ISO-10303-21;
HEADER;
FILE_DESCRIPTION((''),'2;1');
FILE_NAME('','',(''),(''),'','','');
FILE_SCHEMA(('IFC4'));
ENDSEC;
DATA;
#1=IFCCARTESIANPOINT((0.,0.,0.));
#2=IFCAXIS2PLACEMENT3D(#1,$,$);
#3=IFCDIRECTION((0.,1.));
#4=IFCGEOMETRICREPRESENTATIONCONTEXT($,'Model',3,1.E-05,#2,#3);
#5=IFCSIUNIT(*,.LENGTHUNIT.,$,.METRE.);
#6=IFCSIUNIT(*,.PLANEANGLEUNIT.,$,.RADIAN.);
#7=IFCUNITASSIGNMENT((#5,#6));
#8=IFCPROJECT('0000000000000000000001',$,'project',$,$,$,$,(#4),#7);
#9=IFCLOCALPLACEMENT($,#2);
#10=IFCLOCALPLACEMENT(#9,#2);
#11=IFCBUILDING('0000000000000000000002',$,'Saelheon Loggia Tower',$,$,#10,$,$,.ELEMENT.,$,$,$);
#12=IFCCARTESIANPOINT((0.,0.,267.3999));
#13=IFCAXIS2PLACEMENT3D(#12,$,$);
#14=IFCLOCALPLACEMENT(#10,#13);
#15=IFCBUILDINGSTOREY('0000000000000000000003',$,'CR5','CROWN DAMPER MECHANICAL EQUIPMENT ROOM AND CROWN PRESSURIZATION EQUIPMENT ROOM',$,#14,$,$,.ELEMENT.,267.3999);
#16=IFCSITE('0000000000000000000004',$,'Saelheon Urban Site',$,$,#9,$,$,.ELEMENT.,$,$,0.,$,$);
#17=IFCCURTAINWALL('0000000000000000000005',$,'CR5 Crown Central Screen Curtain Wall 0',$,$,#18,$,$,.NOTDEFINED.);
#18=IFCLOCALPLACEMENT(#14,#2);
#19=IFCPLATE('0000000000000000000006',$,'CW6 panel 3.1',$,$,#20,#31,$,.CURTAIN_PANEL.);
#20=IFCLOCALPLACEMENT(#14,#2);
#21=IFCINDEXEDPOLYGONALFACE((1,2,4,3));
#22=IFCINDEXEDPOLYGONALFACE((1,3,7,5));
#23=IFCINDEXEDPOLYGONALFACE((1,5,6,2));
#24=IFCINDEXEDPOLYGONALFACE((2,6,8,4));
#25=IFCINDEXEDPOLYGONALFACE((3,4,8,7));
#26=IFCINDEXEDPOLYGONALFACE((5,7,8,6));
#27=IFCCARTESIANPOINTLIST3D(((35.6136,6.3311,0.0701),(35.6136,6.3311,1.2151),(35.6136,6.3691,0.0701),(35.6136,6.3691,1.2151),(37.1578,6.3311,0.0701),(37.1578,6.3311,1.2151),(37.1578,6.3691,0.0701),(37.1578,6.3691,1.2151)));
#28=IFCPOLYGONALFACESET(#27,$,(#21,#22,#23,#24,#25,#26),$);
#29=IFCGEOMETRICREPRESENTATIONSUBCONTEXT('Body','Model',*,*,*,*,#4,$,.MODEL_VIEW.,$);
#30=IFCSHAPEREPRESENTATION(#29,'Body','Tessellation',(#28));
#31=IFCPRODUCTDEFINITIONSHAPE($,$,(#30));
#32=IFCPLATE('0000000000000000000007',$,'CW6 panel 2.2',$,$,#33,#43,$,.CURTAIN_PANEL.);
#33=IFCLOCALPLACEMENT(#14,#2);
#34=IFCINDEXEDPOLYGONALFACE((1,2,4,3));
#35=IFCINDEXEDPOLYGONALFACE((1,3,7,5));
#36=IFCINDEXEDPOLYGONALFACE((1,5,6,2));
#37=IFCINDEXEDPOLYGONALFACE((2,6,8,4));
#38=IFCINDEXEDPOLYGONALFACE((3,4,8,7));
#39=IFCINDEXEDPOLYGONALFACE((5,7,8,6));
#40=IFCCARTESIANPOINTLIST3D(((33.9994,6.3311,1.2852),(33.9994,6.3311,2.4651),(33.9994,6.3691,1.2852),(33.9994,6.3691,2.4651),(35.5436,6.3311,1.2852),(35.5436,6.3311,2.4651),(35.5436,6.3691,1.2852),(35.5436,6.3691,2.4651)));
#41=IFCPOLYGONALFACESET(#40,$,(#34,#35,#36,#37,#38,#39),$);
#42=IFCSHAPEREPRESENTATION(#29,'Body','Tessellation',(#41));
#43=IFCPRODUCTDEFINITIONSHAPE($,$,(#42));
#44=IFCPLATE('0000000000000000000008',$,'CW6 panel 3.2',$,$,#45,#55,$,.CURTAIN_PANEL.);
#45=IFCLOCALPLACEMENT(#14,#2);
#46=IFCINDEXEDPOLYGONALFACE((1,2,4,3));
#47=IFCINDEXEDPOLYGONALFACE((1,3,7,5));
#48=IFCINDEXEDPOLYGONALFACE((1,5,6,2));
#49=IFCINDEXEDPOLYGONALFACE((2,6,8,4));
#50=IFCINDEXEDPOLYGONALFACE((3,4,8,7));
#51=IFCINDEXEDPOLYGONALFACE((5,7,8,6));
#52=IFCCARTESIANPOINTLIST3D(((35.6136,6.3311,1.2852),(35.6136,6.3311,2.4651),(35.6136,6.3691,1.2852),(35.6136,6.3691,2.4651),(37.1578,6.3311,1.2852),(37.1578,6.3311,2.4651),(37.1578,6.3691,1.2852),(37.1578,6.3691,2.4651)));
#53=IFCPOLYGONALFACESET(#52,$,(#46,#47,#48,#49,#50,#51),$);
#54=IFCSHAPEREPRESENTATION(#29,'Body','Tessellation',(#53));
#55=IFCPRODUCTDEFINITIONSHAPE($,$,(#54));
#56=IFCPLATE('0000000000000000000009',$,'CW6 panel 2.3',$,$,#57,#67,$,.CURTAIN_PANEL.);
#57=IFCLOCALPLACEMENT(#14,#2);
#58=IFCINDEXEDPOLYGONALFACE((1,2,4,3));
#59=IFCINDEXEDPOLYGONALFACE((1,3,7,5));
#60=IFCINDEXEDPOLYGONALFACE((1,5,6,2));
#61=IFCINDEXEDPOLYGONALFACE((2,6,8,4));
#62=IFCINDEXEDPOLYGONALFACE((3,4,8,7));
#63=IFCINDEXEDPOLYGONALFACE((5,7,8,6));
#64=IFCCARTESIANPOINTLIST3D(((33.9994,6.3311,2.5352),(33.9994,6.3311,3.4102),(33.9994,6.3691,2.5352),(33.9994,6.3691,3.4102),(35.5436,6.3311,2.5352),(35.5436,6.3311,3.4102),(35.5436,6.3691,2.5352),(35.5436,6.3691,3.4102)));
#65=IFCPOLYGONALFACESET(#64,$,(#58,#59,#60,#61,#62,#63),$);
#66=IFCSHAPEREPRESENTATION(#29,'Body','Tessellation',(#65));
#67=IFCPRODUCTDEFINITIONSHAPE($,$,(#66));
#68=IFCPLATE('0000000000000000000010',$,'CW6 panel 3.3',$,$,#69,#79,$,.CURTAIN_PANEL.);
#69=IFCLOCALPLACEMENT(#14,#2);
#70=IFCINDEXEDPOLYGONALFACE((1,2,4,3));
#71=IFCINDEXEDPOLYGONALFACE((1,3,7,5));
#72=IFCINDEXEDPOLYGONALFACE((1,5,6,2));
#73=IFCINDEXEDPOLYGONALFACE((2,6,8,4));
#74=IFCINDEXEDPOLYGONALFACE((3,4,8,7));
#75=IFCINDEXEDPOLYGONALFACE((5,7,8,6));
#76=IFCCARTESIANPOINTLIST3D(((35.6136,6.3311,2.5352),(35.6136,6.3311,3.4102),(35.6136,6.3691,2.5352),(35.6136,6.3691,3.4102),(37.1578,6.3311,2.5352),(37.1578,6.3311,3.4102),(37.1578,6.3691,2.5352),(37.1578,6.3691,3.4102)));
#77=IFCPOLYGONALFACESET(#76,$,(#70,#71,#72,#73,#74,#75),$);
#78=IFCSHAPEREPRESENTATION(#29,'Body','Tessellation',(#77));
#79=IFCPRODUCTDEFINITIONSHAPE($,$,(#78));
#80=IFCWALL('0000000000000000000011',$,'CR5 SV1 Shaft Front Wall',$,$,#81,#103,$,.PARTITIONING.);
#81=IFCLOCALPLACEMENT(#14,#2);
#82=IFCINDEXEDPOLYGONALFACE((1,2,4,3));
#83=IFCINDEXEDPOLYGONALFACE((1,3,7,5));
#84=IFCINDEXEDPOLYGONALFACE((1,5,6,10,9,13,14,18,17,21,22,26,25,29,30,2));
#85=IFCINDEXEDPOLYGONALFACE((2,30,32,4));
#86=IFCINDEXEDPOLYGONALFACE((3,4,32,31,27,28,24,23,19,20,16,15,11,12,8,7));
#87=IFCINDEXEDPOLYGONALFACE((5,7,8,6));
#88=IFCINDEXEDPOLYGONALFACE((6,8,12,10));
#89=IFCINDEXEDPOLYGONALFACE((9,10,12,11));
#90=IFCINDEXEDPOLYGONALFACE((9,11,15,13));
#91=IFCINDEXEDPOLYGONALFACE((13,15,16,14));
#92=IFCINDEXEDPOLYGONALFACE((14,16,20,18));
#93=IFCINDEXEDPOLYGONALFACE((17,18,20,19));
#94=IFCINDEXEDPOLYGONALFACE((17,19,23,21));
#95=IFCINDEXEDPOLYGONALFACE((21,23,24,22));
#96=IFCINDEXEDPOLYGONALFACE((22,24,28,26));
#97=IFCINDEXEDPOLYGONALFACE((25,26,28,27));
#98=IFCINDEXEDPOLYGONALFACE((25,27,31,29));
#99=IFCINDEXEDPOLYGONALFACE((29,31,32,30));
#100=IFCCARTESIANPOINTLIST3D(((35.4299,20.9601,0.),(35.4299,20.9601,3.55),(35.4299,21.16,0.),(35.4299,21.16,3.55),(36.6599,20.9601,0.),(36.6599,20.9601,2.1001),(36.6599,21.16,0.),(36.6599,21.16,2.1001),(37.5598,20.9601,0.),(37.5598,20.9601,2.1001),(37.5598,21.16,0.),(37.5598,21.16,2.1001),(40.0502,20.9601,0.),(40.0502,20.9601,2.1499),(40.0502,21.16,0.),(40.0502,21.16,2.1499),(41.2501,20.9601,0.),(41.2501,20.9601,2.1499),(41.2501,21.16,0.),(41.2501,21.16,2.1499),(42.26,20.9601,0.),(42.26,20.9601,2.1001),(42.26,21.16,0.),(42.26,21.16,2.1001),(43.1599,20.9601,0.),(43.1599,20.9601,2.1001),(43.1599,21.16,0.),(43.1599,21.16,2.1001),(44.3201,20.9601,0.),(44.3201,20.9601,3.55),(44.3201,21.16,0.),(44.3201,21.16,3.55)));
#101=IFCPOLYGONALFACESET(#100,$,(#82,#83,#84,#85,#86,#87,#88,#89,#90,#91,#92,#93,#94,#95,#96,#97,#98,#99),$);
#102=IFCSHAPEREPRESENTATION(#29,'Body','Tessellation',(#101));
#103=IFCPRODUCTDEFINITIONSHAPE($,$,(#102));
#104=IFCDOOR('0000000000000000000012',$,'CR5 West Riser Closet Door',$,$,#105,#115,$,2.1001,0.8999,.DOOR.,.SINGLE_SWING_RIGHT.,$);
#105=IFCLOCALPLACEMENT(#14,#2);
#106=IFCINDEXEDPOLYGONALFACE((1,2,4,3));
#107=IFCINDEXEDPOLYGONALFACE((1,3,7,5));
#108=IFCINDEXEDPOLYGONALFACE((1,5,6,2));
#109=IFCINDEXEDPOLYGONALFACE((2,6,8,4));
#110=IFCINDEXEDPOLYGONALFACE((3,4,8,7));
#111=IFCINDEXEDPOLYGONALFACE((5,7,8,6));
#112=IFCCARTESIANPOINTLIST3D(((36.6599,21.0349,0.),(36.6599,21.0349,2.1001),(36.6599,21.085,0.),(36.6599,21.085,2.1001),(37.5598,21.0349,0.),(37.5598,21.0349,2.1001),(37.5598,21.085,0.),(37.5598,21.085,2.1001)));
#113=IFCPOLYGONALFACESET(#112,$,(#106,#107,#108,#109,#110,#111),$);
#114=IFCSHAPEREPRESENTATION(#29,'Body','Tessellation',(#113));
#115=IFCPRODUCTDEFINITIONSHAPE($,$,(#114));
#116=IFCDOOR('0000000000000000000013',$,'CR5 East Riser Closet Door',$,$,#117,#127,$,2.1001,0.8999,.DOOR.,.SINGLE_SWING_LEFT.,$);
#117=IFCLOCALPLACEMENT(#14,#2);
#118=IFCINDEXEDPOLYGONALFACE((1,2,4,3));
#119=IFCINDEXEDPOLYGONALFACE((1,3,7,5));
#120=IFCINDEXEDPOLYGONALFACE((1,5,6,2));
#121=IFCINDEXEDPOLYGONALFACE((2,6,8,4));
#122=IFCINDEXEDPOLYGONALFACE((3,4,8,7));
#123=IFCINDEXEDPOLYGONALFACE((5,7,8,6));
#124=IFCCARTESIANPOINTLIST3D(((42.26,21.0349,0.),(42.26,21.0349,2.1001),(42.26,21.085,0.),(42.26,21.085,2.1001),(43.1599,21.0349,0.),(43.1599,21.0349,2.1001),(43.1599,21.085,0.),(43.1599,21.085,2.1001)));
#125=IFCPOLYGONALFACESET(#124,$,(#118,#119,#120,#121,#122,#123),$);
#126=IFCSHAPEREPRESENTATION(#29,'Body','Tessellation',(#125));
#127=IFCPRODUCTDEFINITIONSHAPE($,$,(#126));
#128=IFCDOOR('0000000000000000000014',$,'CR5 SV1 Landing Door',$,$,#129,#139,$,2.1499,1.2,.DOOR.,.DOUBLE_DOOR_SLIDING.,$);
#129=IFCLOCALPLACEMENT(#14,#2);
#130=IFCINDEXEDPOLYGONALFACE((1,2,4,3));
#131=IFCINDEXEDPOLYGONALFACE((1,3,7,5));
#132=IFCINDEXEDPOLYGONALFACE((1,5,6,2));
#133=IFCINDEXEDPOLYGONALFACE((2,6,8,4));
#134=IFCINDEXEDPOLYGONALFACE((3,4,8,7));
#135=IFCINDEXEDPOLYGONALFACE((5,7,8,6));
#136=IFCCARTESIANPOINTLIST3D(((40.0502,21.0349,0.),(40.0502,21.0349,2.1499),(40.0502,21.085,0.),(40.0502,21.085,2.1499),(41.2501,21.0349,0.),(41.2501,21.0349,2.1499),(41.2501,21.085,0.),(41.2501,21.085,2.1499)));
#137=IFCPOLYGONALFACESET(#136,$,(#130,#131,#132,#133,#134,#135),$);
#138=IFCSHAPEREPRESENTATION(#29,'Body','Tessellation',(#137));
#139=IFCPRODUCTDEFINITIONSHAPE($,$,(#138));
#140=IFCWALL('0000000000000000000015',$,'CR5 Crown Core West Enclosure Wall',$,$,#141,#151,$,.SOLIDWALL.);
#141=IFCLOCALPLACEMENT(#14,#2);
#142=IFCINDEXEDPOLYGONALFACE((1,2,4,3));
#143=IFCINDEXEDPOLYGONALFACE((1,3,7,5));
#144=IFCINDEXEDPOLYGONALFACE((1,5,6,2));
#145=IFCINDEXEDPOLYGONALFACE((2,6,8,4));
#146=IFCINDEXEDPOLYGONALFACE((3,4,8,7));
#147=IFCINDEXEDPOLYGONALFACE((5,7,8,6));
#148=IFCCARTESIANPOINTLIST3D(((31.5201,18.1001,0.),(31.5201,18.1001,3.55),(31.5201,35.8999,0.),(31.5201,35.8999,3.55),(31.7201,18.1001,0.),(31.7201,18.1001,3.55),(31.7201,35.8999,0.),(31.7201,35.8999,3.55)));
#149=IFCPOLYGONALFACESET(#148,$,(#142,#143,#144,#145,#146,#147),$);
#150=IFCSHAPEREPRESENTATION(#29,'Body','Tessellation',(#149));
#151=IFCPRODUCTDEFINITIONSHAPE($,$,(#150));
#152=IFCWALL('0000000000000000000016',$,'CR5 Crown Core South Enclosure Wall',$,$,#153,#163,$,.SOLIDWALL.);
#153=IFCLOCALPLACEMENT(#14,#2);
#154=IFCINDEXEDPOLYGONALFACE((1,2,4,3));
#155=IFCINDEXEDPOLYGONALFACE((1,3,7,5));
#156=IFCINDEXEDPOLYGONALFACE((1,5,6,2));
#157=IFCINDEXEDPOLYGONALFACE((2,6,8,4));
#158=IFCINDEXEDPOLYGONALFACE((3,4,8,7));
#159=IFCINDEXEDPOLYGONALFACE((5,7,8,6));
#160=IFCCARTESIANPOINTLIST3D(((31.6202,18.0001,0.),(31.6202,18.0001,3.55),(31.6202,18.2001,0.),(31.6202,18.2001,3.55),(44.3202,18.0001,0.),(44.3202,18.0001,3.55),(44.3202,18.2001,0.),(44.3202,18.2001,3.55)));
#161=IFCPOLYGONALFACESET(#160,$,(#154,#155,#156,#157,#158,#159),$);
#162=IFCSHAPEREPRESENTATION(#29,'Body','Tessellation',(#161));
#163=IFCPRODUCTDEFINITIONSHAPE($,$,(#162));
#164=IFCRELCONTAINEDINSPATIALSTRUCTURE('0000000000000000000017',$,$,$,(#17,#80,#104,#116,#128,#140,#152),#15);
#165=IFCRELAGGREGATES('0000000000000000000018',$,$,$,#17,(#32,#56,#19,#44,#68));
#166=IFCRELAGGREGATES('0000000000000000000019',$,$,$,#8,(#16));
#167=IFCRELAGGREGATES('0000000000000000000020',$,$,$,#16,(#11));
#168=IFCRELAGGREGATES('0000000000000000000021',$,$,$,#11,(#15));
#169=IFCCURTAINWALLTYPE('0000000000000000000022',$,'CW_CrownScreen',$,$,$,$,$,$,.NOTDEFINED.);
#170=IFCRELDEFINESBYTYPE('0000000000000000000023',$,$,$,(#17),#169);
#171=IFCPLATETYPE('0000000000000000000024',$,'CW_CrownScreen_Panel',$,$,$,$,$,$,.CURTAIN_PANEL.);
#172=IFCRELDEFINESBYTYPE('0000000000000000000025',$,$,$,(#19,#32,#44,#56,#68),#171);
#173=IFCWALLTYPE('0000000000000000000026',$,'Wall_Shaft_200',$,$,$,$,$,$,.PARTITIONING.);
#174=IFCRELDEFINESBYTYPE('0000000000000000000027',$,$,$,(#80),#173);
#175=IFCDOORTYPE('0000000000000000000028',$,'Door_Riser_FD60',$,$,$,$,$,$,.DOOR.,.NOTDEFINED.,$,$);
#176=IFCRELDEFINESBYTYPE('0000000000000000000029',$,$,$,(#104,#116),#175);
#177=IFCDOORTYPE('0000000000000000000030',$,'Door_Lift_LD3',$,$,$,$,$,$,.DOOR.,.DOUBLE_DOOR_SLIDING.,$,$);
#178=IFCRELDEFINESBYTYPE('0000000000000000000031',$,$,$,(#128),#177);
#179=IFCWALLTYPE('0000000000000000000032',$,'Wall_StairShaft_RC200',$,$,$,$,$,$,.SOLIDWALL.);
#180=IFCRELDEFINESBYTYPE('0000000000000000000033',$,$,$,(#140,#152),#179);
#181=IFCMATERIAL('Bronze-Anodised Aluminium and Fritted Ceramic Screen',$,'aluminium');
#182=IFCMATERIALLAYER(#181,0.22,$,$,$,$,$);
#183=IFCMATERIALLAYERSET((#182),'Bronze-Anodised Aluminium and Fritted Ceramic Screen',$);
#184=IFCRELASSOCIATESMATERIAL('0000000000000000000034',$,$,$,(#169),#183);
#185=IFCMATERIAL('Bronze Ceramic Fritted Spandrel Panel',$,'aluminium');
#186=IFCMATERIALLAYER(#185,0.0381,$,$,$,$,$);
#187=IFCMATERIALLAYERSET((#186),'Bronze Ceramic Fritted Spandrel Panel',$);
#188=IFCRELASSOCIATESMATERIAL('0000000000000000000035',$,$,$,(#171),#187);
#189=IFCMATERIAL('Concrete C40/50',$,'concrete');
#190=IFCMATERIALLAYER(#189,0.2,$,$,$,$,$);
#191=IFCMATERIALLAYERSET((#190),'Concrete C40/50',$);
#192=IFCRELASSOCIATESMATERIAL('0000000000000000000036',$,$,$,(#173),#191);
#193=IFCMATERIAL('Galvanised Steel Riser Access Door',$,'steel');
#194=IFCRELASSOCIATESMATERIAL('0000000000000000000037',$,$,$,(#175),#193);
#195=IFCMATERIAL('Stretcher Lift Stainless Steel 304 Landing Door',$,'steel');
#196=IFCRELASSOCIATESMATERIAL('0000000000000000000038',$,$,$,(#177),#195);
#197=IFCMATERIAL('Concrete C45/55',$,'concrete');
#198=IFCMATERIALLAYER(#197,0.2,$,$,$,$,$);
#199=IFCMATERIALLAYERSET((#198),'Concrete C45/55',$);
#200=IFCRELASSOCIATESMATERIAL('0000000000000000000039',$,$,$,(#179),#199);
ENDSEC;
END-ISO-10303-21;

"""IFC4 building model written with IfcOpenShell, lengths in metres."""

from ifc_helpers import new_model, si_unit, direction, frame, frame_2d, origin, origin_2d, place, context, subcontext, project, spatial, rectangle, extrude, source, transform, mapped, material, layer, layer_set, type_object, element, fill, aggregate, save


model = new_model("IFC4")

# Units and contexts
model_context = context("Model", 3, precision=1e-05, world=origin(), true_north=direction((0.0, 1.0)))
body_context = subcontext(model_context, "Body", "Model", "MODEL_VIEW")
ifc_project = project(units=[si_unit("LENGTHUNIT", "METRE"), si_unit("PLANEANGLEUNIT", "RADIAN")], contexts=[model_context])

# Site, building, storey
site_placement = place(None, origin())
site = spatial("IfcSite", under=ifc_project, at=site_placement, Name="Saelheon Urban Site", CompositionType="ELEMENT", RefElevation=0.0)
building_placement = place(site_placement, origin())
building = spatial("IfcBuilding", under=site, at=building_placement, Name="Saelheon Loggia Tower", CompositionType="ELEMENT")
storey_placement = place(building_placement, frame((0.0, 0.0, 267.3999)))
storey = spatial("IfcBuildingStorey", under=building, at=storey_placement, Name="CR5", Description="CROWN DAMPER MECHANICAL EQUIPMENT ROOM AND CROWN PRESSURIZATION EQUIPMENT ROOM", CompositionType="ELEMENT", Elevation=267.3999)

# Curtain wall, plates
ifc_material_1 = material(Name="Bronze-Anodised Aluminium and Fritted Ceramic Screen", Category="aluminium")
ifc_layer_1 = layer(ifc_material_1, 0.22)
ifc_layer_set_1 = layer_set([ifc_layer_1], Name="Bronze-Anodised Aluminium and Fritted Ceramic Screen")
curtain_wall_type = type_object("IfcCurtainWallType", Name="CW_CrownScreen", PredefinedType="NOTDEFINED", material=ifc_layer_set_1)
curtain_wall_placement = place(storey_placement, origin())
curtain_wall = element("IfcCurtainWall", 1, at=curtain_wall_placement, inside=storey, type_object=curtain_wall_type, Name="CR5 Crown Central Screen Curtain Wall 0", PredefinedType="NOTDEFINED")
ifc_material_2 = material(Name="Bronze Ceramic Fritted Spandrel Panel", Category="aluminium")
ifc_layer_2 = layer(ifc_material_2, 0.0381)
ifc_layer_set_2 = layer_set([ifc_layer_2], Name="Bronze Ceramic Fritted Spandrel Panel")
plate_type = type_object("IfcPlateType", Name="CW_CrownScreen_Panel", PredefinedType="CURTAIN_PANEL", material=ifc_layer_set_2)
shared_shape_1 = source(origin(), body_context, "Body", "SweptSolid", [
    extrude(rectangle(XDim=1.5442, YDim=0.0381, at=origin_2d()), origin(), (0.0, 0.0, 1.0), 1.145),
])
plate_1_placement = place(storey_placement, frame((36.3857, 6.3501, 0.0701), z_axis=(0.0, 0.0, 1.0), x_axis=(1.0, 0.0, 0.0)))
plate_1 = element("IfcPlate", 2, at=plate_1_placement, type_object=plate_type, Name="CW6 panel 3.1", PredefinedType="CURTAIN_PANEL", context=body_context, shape_type="MappedRepresentation", body=[
    mapped(shared_shape_1, transform((0.0, 0.0, 0.0), scale=1.0)),
])
shared_shape_2 = source(origin(), body_context, "Body", "SweptSolid", [
    extrude(rectangle(XDim=1.5442, YDim=0.0381, at=origin_2d()), origin(), (0.0, 0.0, 1.0), 1.1799),
])
plate_2_placement = place(storey_placement, frame((34.7715, 6.3501, 1.2852), z_axis=(0.0, 0.0, 1.0), x_axis=(1.0, 0.0, 0.0)))
plate_2 = element("IfcPlate", 3, at=plate_2_placement, type_object=plate_type, Name="CW6 panel 2.2", PredefinedType="CURTAIN_PANEL", context=body_context, shape_type="MappedRepresentation", body=[
    mapped(shared_shape_2, transform((0.0, 0.0, 0.0), scale=1.0)),
])
plate_3_placement = place(storey_placement, frame((36.3857, 6.3501, 1.2852), z_axis=(0.0, 0.0, 1.0), x_axis=(1.0, 0.0, 0.0)))
plate_3 = element("IfcPlate", 4, at=plate_3_placement, type_object=plate_type, Name="CW6 panel 3.2", PredefinedType="CURTAIN_PANEL", context=body_context, shape_type="MappedRepresentation", body=[
    mapped(shared_shape_2, transform((0.0, 0.0, 0.0), scale=1.0)),
])
shared_shape_3 = source(origin(), body_context, "Body", "SweptSolid", [
    extrude(rectangle(XDim=1.5442, YDim=0.0381, at=origin_2d()), origin(), (0.0, 0.0, 1.0), 0.875),
])
plate_4_placement = place(storey_placement, frame((34.7715, 6.3501, 2.5352), z_axis=(0.0, 0.0, 1.0), x_axis=(1.0, 0.0, 0.0)))
plate_4 = element("IfcPlate", 5, at=plate_4_placement, type_object=plate_type, Name="CW6 panel 2.3", PredefinedType="CURTAIN_PANEL", context=body_context, shape_type="MappedRepresentation", body=[
    mapped(shared_shape_3, transform((0.0, 0.0, 0.0), scale=1.0)),
])
plate_5_placement = place(storey_placement, frame((36.3857, 6.3501, 2.5352), z_axis=(0.0, 0.0, 1.0), x_axis=(1.0, 0.0, 0.0)))
plate_5 = element("IfcPlate", 6, at=plate_5_placement, type_object=plate_type, Name="CW6 panel 3.3", PredefinedType="CURTAIN_PANEL", context=body_context, shape_type="MappedRepresentation", body=[
    mapped(shared_shape_3, transform((0.0, 0.0, 0.0), scale=1.0)),
])
aggregate(curtain_wall, [plate_2, plate_4, plate_1, plate_3, plate_5])

# Wall, openings, doors
ifc_material_3 = material(Name="Concrete C40/50", Category="concrete")
ifc_layer_3 = layer(ifc_material_3, 0.2)
ifc_layer_set_3 = layer_set([ifc_layer_3], Name="Concrete C40/50")
wall_type_1 = type_object("IfcWallType", Name="Wall_Shaft_200", PredefinedType="PARTITIONING", material=ifc_layer_set_3)
wall_1_placement = place(storey_placement, frame((35.4299, 21.0601, 0.0), z_axis=(0.0, 0.0, 1.0), x_axis=(1.0, 0.0, 0.0)))
wall_1 = element("IfcWall", 7, at=wall_1_placement, inside=storey, type_object=wall_type_1, Name="CR5 SV1 Shaft Front Wall", PredefinedType="PARTITIONING", context=body_context, shape_type="SweptSolid", body=[
    extrude(rectangle(XDim=8.8901, YDim=0.2, at=frame_2d((4.4451, 0.0))), origin(), (0.0, 0.0, 1.0), 3.55),
])
opening_1_placement = place(wall_1_placement, frame((1.23, 0.0, 0.0)))
opening_1 = element("IfcOpeningElement", 8, at=opening_1_placement, cuts=wall_1, PredefinedType="OPENING", context=body_context, shape_type="SweptSolid", body=[
    extrude(rectangle(XDim=0.8999, YDim=2.1001, at=frame_2d((0.45, 1.05))), frame((0.0, 0.1121, 0.0), z_axis=(0.0, -1.0, 0.0), x_axis=(1.0, 0.0, 0.0)), (0.0, 0.0, 1.0), 0.2239),
])
opening_2_placement = place(wall_1_placement, frame((4.6201, 0.0, 0.0)))
opening_2 = element("IfcOpeningElement", 9, at=opening_2_placement, cuts=wall_1, PredefinedType="OPENING", context=body_context, shape_type="SweptSolid", body=[
    extrude(rectangle(XDim=1.2, YDim=2.1499, at=frame_2d((0.6001, 1.075))), frame((0.0, 0.1121, 0.0), z_axis=(0.0, -1.0, 0.0), x_axis=(1.0, 0.0, 0.0)), (0.0, 0.0, 1.0), 0.2239),
])
opening_3_placement = place(wall_1_placement, frame((6.8301, 0.0, 0.0)))
opening_3 = element("IfcOpeningElement", 10, at=opening_3_placement, cuts=wall_1, PredefinedType="OPENING", context=body_context, shape_type="SweptSolid", body=[
    extrude(rectangle(XDim=0.8999, YDim=2.1001, at=frame_2d((0.45, 1.05))), frame((0.0, 0.1121, 0.0), z_axis=(0.0, -1.0, 0.0), x_axis=(1.0, 0.0, 0.0)), (0.0, 0.0, 1.0), 0.2239),
])
ifc_material_4 = material(Name="Galvanised Steel Riser Access Door", Category="steel")
door_type_1 = type_object("IfcDoorType", Name="Door_Riser_FD60", OperationType="NOTDEFINED", PredefinedType="DOOR", material=ifc_material_4)
shared_shape_4 = source(origin(), body_context, "Body", "SweptSolid", [
    extrude(rectangle(XDim=0.8999, YDim=2.1001, at=frame_2d((0.45, 1.05))), frame((0.0, 0.0249, 0.0), z_axis=(0.0, -1.0, 0.0), x_axis=(1.0, 0.0, 0.0)), (0.0, 0.0, 1.0), 0.05),
])
door_1_placement = place(opening_1_placement, origin())
door_1 = element("IfcDoor", 11, at=door_1_placement, inside=storey, type_object=door_type_1, Name="CR5 West Riser Closet Door", OperationType="SINGLE_SWING_RIGHT", OverallHeight=2.1001, OverallWidth=0.8999, PredefinedType="DOOR", context=body_context, shape_type="MappedRepresentation", body=[
    mapped(shared_shape_4, transform((0.0, 0.0, 0.0), scale=1.0)),
])
fill(opening_1, door_1)
door_2_placement = place(opening_3_placement, origin())
door_2 = element("IfcDoor", 12, at=door_2_placement, inside=storey, type_object=door_type_1, Name="CR5 East Riser Closet Door", OperationType="SINGLE_SWING_LEFT", OverallHeight=2.1001, OverallWidth=0.8999, PredefinedType="DOOR", context=body_context, shape_type="MappedRepresentation", body=[
    mapped(shared_shape_4, transform((0.0, 0.0, 0.0), scale=1.0)),
])
fill(opening_3, door_2)
ifc_material_5 = material(Name="Stretcher Lift Stainless Steel 304 Landing Door", Category="steel")
door_type_2 = type_object("IfcDoorType", Name="Door_Lift_LD3", OperationType="DOUBLE_DOOR_SLIDING", PredefinedType="DOOR", material=ifc_material_5)
shared_shape_5 = source(origin(), body_context, "Body", "SweptSolid", [
    extrude(rectangle(XDim=1.2, YDim=2.1499, at=frame_2d((0.6001, 1.075))), frame((0.0, 0.0249, 0.0), z_axis=(0.0, -1.0, 0.0), x_axis=(1.0, 0.0, 0.0)), (0.0, 0.0, 1.0), 0.05),
])
door_3_placement = place(opening_2_placement, origin())
door_3 = element("IfcDoor", 13, at=door_3_placement, inside=storey, type_object=door_type_2, Name="CR5 SV1 Landing Door", OperationType="DOUBLE_DOOR_SLIDING", OverallHeight=2.1499, OverallWidth=1.2, PredefinedType="DOOR", context=body_context, shape_type="MappedRepresentation", body=[
    mapped(shared_shape_5, transform((0.0, 0.0, 0.0), scale=1.0)),
])
fill(opening_2, door_3)

# Walls
ifc_material_6 = material(Name="Concrete C45/55", Category="concrete")
ifc_layer_4 = layer(ifc_material_6, 0.2)
ifc_layer_set_4 = layer_set([ifc_layer_4], Name="Concrete C45/55")
wall_type_2 = type_object("IfcWallType", Name="Wall_StairShaft_RC200", PredefinedType="SOLIDWALL", material=ifc_layer_set_4)
wall_2_placement = place(storey_placement, frame((31.6201, 18.1001, 0.0), z_axis=(0.0, 0.0, 1.0), x_axis=(0.0, 1.0, 0.0)))
element("IfcWall", 14, at=wall_2_placement, inside=storey, type_object=wall_type_2, Name="CR5 Crown Core West Enclosure Wall", PredefinedType="SOLIDWALL", context=body_context, shape_type="SweptSolid", body=[
    extrude(rectangle(XDim=17.7998, YDim=0.2, at=frame_2d((8.8999, 0.0))), origin(), (0.0, 0.0, 1.0), 3.55),
])
wall_3_placement = place(storey_placement, frame((31.6201, 18.1001, 0.0), z_axis=(0.0, 0.0, 1.0), x_axis=(1.0, 0.0, 0.0)))
element("IfcWall", 15, at=wall_3_placement, inside=storey, type_object=wall_type_2, Name="CR5 Crown Core South Enclosure Wall", PredefinedType="SOLIDWALL", context=body_context, shape_type="SweptSolid", body=[
    extrude(rectangle(XDim=12.7, YDim=0.2, at=frame_2d((6.3501, 0.0))), origin(), (0.0, 0.0, 1.0), 3.55),
])

save(model, "model.ifc")
